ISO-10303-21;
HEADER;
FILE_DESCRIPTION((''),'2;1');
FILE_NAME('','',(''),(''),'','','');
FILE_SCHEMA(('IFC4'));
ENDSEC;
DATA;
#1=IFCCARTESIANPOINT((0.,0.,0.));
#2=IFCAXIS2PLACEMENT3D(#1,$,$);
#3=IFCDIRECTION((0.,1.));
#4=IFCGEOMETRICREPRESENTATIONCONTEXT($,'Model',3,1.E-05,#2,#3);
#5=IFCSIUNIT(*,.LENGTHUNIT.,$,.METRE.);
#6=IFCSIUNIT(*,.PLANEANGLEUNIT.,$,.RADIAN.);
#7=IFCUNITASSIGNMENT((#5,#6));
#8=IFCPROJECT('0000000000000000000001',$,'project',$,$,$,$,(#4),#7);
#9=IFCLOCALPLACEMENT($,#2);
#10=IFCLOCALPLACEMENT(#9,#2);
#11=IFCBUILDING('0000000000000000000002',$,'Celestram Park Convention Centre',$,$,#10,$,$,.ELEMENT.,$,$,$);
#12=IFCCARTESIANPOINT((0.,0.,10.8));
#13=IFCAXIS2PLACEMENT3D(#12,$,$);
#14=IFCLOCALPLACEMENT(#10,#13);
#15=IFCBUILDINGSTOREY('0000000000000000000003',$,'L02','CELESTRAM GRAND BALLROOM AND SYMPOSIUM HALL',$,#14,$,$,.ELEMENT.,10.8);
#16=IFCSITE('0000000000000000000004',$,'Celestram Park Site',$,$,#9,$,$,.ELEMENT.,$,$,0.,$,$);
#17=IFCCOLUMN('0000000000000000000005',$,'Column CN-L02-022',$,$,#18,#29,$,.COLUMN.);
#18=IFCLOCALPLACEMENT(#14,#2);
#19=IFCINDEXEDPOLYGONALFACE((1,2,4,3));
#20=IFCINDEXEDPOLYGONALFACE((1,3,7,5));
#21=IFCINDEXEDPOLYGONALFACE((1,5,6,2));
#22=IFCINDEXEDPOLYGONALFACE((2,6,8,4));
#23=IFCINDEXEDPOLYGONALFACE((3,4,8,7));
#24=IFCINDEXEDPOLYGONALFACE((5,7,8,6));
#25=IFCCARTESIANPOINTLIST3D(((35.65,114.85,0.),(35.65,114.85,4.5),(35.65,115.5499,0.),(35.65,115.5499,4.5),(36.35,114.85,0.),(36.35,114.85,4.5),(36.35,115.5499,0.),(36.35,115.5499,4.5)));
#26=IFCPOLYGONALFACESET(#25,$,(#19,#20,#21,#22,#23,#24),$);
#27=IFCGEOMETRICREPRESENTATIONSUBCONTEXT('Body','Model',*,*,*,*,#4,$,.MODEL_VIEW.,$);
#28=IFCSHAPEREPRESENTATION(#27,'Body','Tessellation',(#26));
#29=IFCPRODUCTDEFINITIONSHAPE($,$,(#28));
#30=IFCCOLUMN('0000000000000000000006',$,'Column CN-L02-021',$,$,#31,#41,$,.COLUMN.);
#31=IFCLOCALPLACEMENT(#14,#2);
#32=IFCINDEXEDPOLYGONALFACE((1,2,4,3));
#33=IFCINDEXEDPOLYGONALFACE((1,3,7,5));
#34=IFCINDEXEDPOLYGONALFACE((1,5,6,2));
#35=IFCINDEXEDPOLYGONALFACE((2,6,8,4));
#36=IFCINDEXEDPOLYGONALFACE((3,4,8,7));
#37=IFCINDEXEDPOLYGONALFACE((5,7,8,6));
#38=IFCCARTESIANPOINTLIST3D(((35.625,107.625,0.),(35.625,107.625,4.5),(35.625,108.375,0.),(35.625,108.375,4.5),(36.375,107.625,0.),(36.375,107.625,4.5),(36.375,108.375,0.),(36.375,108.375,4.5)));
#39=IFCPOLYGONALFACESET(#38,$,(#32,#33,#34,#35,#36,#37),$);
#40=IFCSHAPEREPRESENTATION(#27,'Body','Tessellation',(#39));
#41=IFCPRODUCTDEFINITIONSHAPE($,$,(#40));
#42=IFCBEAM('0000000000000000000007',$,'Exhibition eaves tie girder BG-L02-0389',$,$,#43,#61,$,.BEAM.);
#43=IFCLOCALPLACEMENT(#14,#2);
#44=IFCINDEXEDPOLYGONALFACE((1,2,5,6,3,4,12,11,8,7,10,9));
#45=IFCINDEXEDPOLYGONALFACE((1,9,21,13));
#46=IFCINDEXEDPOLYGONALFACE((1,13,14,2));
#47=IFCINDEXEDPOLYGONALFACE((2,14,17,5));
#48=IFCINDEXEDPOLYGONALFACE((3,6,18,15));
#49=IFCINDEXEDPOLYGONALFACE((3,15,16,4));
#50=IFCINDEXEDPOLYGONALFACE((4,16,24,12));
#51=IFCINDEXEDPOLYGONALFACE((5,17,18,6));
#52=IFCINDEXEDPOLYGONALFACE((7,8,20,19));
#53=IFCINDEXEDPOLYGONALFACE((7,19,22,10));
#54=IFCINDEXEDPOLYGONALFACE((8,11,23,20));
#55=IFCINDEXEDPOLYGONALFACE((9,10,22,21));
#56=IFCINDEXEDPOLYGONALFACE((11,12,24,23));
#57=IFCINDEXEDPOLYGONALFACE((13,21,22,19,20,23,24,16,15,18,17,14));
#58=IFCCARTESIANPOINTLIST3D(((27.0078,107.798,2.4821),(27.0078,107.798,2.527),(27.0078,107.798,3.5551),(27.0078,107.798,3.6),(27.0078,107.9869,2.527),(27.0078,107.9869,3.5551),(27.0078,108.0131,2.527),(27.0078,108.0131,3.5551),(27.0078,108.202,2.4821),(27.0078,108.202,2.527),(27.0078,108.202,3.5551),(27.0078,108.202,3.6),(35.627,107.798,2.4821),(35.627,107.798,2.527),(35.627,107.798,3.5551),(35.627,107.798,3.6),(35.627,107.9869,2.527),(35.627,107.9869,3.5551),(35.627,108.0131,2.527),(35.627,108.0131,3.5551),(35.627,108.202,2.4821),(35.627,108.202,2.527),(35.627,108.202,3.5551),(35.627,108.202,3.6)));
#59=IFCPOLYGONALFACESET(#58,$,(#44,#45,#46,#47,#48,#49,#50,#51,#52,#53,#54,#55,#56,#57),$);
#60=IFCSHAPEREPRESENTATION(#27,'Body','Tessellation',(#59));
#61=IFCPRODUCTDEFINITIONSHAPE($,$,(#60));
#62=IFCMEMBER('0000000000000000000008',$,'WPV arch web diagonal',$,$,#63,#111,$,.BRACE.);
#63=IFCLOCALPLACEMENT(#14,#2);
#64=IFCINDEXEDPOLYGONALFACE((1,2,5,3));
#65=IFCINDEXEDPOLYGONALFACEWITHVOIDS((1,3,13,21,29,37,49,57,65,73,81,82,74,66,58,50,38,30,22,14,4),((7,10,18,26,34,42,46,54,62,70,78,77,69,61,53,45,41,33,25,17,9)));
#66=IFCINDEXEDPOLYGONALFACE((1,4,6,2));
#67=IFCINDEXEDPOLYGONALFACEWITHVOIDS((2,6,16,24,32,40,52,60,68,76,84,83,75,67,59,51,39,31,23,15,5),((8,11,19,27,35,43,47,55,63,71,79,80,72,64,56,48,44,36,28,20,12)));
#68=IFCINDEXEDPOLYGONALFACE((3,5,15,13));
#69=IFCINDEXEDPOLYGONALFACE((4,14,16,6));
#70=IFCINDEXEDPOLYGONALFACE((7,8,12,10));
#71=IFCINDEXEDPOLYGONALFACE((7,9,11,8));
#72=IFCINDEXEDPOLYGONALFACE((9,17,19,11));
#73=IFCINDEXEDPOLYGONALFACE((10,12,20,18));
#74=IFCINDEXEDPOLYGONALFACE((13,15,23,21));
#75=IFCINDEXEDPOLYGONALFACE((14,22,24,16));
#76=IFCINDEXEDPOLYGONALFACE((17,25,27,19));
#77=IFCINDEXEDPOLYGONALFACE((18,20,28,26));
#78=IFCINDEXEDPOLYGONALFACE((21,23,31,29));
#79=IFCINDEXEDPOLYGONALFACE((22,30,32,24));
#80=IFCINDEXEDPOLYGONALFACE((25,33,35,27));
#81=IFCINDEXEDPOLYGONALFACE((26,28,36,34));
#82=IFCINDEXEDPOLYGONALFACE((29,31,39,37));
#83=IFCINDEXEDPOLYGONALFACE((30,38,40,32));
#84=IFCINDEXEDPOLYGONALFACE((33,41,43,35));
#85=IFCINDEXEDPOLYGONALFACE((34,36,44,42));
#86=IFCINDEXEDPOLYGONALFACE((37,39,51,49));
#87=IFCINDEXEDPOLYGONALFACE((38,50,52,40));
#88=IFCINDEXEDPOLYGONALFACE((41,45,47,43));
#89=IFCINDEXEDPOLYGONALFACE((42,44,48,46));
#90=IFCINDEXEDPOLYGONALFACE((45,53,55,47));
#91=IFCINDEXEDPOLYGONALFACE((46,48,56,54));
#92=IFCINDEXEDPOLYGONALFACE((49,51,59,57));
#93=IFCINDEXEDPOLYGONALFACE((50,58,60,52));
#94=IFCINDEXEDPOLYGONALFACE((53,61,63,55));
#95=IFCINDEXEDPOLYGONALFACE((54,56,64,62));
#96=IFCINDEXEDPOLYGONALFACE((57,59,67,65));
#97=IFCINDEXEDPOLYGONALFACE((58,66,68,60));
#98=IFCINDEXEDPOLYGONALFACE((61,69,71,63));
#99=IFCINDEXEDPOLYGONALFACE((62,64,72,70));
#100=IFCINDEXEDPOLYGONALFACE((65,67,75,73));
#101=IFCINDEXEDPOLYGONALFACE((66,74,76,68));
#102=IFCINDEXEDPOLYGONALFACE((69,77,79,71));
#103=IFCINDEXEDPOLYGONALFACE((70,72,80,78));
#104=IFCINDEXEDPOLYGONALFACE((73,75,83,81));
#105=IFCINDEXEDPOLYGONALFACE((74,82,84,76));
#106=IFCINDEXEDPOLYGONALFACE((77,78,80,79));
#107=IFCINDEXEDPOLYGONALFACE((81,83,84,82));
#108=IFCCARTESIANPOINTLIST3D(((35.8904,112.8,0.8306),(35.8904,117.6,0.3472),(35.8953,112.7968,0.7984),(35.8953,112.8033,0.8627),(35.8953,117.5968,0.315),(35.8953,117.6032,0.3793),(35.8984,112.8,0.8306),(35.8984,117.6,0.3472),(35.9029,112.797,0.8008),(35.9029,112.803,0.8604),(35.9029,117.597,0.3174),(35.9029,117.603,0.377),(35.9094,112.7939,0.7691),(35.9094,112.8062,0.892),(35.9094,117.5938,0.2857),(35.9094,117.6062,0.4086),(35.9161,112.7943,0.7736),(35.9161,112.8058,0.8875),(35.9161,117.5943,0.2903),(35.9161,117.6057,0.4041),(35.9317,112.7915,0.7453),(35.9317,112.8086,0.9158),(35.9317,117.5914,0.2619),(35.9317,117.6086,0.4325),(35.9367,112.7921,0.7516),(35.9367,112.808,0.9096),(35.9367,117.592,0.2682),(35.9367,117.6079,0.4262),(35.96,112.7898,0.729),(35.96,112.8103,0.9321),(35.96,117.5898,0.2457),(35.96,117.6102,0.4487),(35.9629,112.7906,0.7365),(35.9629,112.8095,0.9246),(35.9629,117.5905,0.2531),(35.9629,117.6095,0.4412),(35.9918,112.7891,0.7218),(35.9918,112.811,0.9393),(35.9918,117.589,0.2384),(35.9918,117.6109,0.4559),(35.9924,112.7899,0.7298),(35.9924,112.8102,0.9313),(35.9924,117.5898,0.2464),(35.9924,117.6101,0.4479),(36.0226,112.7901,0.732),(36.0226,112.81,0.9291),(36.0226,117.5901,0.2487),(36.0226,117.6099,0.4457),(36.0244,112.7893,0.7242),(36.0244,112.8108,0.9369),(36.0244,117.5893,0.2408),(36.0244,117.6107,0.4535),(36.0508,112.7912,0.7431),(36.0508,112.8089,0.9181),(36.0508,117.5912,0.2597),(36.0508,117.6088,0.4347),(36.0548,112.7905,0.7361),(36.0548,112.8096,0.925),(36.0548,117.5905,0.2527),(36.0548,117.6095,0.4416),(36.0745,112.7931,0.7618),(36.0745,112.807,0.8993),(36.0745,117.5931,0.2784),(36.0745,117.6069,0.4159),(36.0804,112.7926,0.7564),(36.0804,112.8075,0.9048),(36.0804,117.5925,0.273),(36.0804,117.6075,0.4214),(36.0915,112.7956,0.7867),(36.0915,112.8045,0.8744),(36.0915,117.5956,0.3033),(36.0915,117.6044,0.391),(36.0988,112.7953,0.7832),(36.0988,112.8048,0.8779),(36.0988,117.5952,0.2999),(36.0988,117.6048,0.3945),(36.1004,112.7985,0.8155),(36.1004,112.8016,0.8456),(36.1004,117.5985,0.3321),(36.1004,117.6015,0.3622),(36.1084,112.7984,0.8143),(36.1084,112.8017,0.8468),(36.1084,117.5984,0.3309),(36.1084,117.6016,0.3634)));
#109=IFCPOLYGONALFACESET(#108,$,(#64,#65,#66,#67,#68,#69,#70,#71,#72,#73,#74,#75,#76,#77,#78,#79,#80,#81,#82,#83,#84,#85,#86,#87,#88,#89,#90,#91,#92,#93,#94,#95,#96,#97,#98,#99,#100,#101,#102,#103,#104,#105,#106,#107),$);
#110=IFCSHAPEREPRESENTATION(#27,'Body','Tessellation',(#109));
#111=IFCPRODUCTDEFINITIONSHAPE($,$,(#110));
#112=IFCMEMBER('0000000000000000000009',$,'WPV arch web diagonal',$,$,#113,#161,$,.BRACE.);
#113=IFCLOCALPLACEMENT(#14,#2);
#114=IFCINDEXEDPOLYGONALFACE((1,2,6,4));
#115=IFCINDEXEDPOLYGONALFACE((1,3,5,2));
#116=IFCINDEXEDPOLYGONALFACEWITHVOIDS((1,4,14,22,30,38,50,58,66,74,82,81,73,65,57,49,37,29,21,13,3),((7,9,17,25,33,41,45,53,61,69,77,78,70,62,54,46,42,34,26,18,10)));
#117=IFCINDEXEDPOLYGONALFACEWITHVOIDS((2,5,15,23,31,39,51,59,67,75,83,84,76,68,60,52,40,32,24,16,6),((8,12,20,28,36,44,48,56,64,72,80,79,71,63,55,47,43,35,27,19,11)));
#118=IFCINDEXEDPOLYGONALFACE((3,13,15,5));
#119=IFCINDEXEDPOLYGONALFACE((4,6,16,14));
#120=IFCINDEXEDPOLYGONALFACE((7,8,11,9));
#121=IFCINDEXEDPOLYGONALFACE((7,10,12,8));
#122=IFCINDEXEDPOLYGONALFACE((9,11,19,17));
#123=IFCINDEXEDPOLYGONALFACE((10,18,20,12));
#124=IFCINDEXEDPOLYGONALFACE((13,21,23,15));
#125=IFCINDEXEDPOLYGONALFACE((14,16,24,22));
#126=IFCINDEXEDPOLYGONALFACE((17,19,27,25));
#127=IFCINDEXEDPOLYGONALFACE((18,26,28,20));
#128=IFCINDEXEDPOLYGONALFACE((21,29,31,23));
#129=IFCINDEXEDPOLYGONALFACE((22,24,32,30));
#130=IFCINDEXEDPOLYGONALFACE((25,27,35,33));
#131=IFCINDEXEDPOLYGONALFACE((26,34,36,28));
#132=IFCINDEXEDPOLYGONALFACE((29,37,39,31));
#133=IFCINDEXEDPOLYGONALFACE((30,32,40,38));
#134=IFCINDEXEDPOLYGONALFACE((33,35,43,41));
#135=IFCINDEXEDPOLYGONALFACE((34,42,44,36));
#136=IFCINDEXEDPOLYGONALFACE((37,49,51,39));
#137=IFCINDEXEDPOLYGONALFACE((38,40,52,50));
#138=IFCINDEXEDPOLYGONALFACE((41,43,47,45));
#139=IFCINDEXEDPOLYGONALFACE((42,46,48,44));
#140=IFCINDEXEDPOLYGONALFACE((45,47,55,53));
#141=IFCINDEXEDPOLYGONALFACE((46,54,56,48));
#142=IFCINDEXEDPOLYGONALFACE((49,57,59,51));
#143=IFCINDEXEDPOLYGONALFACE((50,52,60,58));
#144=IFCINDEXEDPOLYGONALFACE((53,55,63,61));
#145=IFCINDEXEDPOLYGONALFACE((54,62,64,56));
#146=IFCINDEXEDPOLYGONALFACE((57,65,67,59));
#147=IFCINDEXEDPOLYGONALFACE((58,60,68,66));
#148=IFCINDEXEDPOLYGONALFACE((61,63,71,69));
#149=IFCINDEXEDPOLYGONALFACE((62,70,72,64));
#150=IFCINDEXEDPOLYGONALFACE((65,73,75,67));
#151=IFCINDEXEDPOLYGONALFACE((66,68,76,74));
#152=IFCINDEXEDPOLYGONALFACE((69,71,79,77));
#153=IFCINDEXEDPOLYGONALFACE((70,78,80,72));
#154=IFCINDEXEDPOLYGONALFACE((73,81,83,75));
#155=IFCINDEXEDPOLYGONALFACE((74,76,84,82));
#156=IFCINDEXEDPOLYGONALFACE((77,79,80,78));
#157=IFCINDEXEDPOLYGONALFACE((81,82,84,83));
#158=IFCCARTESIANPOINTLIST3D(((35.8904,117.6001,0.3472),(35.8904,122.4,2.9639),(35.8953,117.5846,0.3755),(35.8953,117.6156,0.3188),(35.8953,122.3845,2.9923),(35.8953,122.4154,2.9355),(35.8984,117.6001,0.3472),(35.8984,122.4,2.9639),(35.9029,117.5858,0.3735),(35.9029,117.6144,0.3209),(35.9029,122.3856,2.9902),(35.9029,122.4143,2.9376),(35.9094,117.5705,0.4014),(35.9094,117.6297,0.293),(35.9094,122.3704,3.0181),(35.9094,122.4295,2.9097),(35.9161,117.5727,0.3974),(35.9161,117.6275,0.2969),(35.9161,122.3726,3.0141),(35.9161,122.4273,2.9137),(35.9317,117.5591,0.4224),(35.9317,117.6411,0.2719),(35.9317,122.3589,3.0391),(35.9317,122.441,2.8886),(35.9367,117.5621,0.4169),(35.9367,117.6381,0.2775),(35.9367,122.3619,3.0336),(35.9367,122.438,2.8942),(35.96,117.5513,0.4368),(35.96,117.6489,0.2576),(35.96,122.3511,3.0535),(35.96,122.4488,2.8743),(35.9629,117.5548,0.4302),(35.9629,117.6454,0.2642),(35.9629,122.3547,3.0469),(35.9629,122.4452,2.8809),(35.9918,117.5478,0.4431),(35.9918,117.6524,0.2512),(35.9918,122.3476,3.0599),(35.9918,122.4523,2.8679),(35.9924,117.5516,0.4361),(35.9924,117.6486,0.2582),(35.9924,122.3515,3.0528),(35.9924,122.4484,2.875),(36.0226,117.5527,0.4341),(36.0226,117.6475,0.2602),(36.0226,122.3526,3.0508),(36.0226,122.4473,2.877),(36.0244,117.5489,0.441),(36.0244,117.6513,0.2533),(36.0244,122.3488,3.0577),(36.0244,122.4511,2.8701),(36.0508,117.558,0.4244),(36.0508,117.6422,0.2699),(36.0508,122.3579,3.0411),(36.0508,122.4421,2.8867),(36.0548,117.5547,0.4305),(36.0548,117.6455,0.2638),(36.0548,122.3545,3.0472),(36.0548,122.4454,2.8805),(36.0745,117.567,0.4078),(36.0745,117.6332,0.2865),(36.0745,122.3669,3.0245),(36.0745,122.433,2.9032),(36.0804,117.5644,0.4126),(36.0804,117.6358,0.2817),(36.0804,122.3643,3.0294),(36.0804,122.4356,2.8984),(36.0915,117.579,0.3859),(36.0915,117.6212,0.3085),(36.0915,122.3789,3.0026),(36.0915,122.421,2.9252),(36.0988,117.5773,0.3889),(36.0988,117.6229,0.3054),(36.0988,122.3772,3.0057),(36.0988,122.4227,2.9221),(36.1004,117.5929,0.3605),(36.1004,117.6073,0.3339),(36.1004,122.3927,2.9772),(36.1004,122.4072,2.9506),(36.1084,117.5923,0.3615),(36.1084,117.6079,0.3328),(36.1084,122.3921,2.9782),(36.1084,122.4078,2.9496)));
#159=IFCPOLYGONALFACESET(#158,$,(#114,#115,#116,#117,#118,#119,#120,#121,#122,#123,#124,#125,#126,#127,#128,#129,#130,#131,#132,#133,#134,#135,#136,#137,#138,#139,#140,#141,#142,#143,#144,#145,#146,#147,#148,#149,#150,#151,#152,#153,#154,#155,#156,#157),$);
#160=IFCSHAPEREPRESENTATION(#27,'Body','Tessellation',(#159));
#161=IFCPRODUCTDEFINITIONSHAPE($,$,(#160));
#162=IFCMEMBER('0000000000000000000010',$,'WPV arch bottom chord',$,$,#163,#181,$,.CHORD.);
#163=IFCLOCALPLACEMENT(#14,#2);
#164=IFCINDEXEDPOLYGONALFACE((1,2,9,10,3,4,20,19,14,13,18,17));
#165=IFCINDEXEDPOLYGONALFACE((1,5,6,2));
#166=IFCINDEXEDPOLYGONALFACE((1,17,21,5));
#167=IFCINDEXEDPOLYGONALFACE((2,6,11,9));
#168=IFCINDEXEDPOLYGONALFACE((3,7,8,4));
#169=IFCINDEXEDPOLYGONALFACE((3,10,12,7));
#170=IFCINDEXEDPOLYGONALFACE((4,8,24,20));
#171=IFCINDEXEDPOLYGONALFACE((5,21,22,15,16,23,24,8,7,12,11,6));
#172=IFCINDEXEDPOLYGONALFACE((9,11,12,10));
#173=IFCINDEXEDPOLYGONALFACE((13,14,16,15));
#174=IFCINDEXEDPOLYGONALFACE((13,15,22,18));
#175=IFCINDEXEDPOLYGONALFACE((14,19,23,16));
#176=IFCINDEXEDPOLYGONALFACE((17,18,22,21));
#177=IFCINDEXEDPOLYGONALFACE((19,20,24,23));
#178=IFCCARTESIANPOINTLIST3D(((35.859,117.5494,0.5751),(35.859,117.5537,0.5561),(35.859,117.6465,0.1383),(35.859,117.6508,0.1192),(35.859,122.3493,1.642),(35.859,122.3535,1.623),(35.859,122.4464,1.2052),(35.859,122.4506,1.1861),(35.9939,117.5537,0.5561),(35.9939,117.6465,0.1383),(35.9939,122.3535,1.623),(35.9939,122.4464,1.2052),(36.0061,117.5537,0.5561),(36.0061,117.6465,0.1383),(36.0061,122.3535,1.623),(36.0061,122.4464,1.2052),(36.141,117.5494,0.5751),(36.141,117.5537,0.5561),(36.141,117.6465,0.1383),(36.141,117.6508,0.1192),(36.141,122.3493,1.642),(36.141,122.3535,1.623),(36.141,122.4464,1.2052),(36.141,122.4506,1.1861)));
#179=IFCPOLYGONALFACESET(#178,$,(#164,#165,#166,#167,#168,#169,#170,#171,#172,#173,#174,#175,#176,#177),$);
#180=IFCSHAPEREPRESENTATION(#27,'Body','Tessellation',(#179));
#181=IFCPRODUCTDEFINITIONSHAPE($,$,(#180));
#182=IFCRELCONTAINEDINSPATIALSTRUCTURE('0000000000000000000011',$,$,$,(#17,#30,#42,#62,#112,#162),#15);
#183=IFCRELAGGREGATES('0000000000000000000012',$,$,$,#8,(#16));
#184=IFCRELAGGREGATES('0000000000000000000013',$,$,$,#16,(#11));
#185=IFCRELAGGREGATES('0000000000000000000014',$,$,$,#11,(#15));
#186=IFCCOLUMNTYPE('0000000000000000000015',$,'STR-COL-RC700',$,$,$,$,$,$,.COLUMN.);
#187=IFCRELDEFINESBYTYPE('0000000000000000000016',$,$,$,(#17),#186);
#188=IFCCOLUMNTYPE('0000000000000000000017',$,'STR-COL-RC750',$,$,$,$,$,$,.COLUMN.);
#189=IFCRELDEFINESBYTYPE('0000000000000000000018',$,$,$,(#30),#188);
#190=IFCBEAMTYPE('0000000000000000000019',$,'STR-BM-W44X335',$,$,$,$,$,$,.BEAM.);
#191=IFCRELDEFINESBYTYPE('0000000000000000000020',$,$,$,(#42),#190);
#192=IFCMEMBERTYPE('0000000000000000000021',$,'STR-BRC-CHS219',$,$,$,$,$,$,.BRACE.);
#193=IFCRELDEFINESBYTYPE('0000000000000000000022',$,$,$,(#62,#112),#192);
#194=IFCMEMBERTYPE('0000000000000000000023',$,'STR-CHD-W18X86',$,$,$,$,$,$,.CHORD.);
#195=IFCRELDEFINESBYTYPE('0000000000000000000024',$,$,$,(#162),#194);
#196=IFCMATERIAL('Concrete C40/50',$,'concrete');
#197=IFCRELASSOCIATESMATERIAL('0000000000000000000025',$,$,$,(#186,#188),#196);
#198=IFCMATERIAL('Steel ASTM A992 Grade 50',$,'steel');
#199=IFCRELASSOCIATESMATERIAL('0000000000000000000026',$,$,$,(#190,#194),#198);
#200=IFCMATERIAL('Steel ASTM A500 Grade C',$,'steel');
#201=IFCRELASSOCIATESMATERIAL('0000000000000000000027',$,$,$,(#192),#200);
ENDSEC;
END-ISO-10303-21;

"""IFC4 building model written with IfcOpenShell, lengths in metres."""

from ifc_helpers import new_model, si_unit, direction, frame, origin, origin_2d, place, context, subcontext, project, spatial, rectangle, hollow_circle, i_section, extrude, material, material_profile, profile_set, type_object, element, save


model = new_model("IFC4")

# Units and contexts
model_context = context("Model", 3, precision=1e-05, world=origin(), true_north=direction((0.0, 1.0)))
body_context = subcontext(model_context, "Body", "Model", "MODEL_VIEW")
ifc_project = project(units=[si_unit("LENGTHUNIT", "METRE"), si_unit("PLANEANGLEUNIT", "RADIAN")], contexts=[model_context])

# Site, building, storey
site_placement = place(None, origin())
site = spatial("IfcSite", under=ifc_project, at=site_placement, Name="Celestram Park Site", CompositionType="ELEMENT", RefElevation=0.0)
building_placement = place(site_placement, origin())
building = spatial("IfcBuilding", under=site, at=building_placement, Name="Celestram Park Convention Centre", CompositionType="ELEMENT")
storey_placement = place(building_placement, frame((0.0, 0.0, 10.8)))
storey = spatial("IfcBuildingStorey", under=building, at=storey_placement, Name="L02", Description="CELESTRAM GRAND BALLROOM AND SYMPOSIUM HALL", CompositionType="ELEMENT", Elevation=10.8)

# Columns
ifc_material_1 = material(Name="Concrete C40/50", Category="concrete")
ifc_material_profile_1 = material_profile(ifc_material_1, rectangle(XDim=0.7, YDim=0.7, at=origin_2d()), Name="RC700X700")
ifc_profile_set_1 = profile_set([ifc_material_profile_1], Name="Concrete C40/50")
column_type_1 = type_object("IfcColumnType", Name="STR-COL-RC700", PredefinedType="COLUMN", material=ifc_profile_set_1)
column_1_placement = place(storey_placement, frame((36.0, 115.2, 0.0), z_axis=(0.0, 0.0, 1.0), x_axis=(1.0, 0.0, 0.0)))
element("IfcColumn", 1, at=column_1_placement, inside=storey, type_object=column_type_1, Name="Column CN-L02-022", PredefinedType="COLUMN", context=body_context, shape_type="SweptSolid", body=[
    extrude(rectangle(XDim=0.7, YDim=0.7, at=origin_2d()), origin(), (0.0, 0.0, 1.0), 4.5),
])
ifc_material_profile_2 = material_profile(ifc_material_1, rectangle(XDim=0.75, YDim=0.75, at=origin_2d()), Name="RC750X750")
ifc_profile_set_2 = profile_set([ifc_material_profile_2], Name="Concrete C40/50")
column_type_2 = type_object("IfcColumnType", Name="STR-COL-RC750", PredefinedType="COLUMN", material=ifc_profile_set_2)
column_2_placement = place(storey_placement, frame((36.0, 108.0, 0.0), z_axis=(0.0, 0.0, 1.0), x_axis=(1.0, 0.0, 0.0)))
element("IfcColumn", 2, at=column_2_placement, inside=storey, type_object=column_type_2, Name="Column CN-L02-021", PredefinedType="COLUMN", context=body_context, shape_type="SweptSolid", body=[
    extrude(rectangle(XDim=0.75, YDim=0.75, at=origin_2d()), origin(), (0.0, 0.0, 1.0), 4.5),
])

# Beam
ifc_material_2 = material(Name="Steel ASTM A992 Grade 50", Category="steel")
ifc_material_profile_3 = material_profile(ifc_material_2, i_section(OverallWidth=0.4041, OverallDepth=1.1179, WebThickness=0.0261, FlangeThickness=0.0449, at=origin_2d()), Name="W44X335")
ifc_profile_set_3 = profile_set([ifc_material_profile_3], Name="Steel ASTM A992 Grade 50")
beam_type_1 = type_object("IfcBeamType", Name="STR-BM-W44X335", PredefinedType="BEAM", material=ifc_profile_set_3)
beam_1_placement = place(storey_placement, frame((27.0078, 108.0, 3.041), z_axis=(1.0, 0.0, 0.0), x_axis=(0.0, 1.0, 0.0)))
element("IfcBeam", 3, at=beam_1_placement, inside=storey, type_object=beam_type_1, Name="Exhibition eaves tie girder BG-L02-0389", PredefinedType="BEAM", context=body_context, shape_type="SweptSolid", body=[
    extrude(i_section(OverallWidth=0.4041, OverallDepth=1.1179, WebThickness=0.0261, FlangeThickness=0.0449, at=origin_2d()), origin(), (0.0, 0.0, 1.0), 8.6191),
])

# Members
ifc_material_3 = material(Name="Steel ASTM A500 Grade C", Category="steel")
ifc_material_profile_4 = material_profile(ifc_material_3, hollow_circle(Radius=0.1096, WallThickness=0.0081, at=origin_2d()), Name="CHS219X8")
ifc_profile_set_4 = profile_set([ifc_material_profile_4], Name="Steel ASTM A500 Grade C")
member_type_1 = type_object("IfcMemberType", Name="STR-BRC-CHS219", PredefinedType="BRACE", material=ifc_profile_set_4)
member_1_placement = place(storey_placement, frame((36.0, 112.8, 0.8306), z_axis=(0.0, 0.994967, -0.1002), x_axis=(-1.0, 0.0, 0.0)))
element("IfcMember", 4, at=member_1_placement, inside=storey, type_object=member_type_1, Name="WPV arch web diagonal", PredefinedType="BRACE", context=body_context, shape_type="SweptSolid", body=[
    extrude(hollow_circle(Radius=0.1096, WallThickness=0.0081, at=origin_2d()), origin(), (0.0, 0.0, 1.0), 4.8242),
])
member_2_placement = place(storey_placement, frame((36.0, 117.6001, 0.3472), z_axis=(0.0, 0.878001, 0.478658), x_axis=(-1.0, 0.0, 0.0)))
element("IfcMember", 5, at=member_2_placement, inside=storey, type_object=member_type_1, Name="WPV arch web diagonal", PredefinedType="BRACE", context=body_context, shape_type="SweptSolid", body=[
    extrude(hollow_circle(Radius=0.1096, WallThickness=0.0081, at=origin_2d()), origin(), (0.0, 0.0, 1.0), 5.4668),
])
ifc_material_profile_5 = material_profile(ifc_material_2, i_section(OverallWidth=0.282, OverallDepth=0.467, WebThickness=0.0122, FlangeThickness=0.0195, at=origin_2d()), Name="W18X86")
ifc_profile_set_5 = profile_set([ifc_material_profile_5], Name="Steel ASTM A992 Grade 50")
member_type_2 = type_object("IfcMemberType", Name="STR-CHD-W18X86", PredefinedType="CHORD", material=ifc_profile_set_5)
member_3_placement = place(storey_placement, frame((36.0, 117.6001, 0.3472), z_axis=(0.0, 0.976175, 0.216983), x_axis=(-1.0, 0.0, 0.0)))
element("IfcMember", 6, at=member_3_placement, inside=storey, type_object=member_type_2, Name="WPV arch bottom chord", PredefinedType="CHORD", context=body_context, shape_type="SweptSolid", body=[
    extrude(i_section(OverallWidth=0.282, OverallDepth=0.467, WebThickness=0.0122, FlangeThickness=0.0195, at=origin_2d()), origin(), (0.0, 0.0, 1.0), 4.917),
])

save(model, "model.ifc")
